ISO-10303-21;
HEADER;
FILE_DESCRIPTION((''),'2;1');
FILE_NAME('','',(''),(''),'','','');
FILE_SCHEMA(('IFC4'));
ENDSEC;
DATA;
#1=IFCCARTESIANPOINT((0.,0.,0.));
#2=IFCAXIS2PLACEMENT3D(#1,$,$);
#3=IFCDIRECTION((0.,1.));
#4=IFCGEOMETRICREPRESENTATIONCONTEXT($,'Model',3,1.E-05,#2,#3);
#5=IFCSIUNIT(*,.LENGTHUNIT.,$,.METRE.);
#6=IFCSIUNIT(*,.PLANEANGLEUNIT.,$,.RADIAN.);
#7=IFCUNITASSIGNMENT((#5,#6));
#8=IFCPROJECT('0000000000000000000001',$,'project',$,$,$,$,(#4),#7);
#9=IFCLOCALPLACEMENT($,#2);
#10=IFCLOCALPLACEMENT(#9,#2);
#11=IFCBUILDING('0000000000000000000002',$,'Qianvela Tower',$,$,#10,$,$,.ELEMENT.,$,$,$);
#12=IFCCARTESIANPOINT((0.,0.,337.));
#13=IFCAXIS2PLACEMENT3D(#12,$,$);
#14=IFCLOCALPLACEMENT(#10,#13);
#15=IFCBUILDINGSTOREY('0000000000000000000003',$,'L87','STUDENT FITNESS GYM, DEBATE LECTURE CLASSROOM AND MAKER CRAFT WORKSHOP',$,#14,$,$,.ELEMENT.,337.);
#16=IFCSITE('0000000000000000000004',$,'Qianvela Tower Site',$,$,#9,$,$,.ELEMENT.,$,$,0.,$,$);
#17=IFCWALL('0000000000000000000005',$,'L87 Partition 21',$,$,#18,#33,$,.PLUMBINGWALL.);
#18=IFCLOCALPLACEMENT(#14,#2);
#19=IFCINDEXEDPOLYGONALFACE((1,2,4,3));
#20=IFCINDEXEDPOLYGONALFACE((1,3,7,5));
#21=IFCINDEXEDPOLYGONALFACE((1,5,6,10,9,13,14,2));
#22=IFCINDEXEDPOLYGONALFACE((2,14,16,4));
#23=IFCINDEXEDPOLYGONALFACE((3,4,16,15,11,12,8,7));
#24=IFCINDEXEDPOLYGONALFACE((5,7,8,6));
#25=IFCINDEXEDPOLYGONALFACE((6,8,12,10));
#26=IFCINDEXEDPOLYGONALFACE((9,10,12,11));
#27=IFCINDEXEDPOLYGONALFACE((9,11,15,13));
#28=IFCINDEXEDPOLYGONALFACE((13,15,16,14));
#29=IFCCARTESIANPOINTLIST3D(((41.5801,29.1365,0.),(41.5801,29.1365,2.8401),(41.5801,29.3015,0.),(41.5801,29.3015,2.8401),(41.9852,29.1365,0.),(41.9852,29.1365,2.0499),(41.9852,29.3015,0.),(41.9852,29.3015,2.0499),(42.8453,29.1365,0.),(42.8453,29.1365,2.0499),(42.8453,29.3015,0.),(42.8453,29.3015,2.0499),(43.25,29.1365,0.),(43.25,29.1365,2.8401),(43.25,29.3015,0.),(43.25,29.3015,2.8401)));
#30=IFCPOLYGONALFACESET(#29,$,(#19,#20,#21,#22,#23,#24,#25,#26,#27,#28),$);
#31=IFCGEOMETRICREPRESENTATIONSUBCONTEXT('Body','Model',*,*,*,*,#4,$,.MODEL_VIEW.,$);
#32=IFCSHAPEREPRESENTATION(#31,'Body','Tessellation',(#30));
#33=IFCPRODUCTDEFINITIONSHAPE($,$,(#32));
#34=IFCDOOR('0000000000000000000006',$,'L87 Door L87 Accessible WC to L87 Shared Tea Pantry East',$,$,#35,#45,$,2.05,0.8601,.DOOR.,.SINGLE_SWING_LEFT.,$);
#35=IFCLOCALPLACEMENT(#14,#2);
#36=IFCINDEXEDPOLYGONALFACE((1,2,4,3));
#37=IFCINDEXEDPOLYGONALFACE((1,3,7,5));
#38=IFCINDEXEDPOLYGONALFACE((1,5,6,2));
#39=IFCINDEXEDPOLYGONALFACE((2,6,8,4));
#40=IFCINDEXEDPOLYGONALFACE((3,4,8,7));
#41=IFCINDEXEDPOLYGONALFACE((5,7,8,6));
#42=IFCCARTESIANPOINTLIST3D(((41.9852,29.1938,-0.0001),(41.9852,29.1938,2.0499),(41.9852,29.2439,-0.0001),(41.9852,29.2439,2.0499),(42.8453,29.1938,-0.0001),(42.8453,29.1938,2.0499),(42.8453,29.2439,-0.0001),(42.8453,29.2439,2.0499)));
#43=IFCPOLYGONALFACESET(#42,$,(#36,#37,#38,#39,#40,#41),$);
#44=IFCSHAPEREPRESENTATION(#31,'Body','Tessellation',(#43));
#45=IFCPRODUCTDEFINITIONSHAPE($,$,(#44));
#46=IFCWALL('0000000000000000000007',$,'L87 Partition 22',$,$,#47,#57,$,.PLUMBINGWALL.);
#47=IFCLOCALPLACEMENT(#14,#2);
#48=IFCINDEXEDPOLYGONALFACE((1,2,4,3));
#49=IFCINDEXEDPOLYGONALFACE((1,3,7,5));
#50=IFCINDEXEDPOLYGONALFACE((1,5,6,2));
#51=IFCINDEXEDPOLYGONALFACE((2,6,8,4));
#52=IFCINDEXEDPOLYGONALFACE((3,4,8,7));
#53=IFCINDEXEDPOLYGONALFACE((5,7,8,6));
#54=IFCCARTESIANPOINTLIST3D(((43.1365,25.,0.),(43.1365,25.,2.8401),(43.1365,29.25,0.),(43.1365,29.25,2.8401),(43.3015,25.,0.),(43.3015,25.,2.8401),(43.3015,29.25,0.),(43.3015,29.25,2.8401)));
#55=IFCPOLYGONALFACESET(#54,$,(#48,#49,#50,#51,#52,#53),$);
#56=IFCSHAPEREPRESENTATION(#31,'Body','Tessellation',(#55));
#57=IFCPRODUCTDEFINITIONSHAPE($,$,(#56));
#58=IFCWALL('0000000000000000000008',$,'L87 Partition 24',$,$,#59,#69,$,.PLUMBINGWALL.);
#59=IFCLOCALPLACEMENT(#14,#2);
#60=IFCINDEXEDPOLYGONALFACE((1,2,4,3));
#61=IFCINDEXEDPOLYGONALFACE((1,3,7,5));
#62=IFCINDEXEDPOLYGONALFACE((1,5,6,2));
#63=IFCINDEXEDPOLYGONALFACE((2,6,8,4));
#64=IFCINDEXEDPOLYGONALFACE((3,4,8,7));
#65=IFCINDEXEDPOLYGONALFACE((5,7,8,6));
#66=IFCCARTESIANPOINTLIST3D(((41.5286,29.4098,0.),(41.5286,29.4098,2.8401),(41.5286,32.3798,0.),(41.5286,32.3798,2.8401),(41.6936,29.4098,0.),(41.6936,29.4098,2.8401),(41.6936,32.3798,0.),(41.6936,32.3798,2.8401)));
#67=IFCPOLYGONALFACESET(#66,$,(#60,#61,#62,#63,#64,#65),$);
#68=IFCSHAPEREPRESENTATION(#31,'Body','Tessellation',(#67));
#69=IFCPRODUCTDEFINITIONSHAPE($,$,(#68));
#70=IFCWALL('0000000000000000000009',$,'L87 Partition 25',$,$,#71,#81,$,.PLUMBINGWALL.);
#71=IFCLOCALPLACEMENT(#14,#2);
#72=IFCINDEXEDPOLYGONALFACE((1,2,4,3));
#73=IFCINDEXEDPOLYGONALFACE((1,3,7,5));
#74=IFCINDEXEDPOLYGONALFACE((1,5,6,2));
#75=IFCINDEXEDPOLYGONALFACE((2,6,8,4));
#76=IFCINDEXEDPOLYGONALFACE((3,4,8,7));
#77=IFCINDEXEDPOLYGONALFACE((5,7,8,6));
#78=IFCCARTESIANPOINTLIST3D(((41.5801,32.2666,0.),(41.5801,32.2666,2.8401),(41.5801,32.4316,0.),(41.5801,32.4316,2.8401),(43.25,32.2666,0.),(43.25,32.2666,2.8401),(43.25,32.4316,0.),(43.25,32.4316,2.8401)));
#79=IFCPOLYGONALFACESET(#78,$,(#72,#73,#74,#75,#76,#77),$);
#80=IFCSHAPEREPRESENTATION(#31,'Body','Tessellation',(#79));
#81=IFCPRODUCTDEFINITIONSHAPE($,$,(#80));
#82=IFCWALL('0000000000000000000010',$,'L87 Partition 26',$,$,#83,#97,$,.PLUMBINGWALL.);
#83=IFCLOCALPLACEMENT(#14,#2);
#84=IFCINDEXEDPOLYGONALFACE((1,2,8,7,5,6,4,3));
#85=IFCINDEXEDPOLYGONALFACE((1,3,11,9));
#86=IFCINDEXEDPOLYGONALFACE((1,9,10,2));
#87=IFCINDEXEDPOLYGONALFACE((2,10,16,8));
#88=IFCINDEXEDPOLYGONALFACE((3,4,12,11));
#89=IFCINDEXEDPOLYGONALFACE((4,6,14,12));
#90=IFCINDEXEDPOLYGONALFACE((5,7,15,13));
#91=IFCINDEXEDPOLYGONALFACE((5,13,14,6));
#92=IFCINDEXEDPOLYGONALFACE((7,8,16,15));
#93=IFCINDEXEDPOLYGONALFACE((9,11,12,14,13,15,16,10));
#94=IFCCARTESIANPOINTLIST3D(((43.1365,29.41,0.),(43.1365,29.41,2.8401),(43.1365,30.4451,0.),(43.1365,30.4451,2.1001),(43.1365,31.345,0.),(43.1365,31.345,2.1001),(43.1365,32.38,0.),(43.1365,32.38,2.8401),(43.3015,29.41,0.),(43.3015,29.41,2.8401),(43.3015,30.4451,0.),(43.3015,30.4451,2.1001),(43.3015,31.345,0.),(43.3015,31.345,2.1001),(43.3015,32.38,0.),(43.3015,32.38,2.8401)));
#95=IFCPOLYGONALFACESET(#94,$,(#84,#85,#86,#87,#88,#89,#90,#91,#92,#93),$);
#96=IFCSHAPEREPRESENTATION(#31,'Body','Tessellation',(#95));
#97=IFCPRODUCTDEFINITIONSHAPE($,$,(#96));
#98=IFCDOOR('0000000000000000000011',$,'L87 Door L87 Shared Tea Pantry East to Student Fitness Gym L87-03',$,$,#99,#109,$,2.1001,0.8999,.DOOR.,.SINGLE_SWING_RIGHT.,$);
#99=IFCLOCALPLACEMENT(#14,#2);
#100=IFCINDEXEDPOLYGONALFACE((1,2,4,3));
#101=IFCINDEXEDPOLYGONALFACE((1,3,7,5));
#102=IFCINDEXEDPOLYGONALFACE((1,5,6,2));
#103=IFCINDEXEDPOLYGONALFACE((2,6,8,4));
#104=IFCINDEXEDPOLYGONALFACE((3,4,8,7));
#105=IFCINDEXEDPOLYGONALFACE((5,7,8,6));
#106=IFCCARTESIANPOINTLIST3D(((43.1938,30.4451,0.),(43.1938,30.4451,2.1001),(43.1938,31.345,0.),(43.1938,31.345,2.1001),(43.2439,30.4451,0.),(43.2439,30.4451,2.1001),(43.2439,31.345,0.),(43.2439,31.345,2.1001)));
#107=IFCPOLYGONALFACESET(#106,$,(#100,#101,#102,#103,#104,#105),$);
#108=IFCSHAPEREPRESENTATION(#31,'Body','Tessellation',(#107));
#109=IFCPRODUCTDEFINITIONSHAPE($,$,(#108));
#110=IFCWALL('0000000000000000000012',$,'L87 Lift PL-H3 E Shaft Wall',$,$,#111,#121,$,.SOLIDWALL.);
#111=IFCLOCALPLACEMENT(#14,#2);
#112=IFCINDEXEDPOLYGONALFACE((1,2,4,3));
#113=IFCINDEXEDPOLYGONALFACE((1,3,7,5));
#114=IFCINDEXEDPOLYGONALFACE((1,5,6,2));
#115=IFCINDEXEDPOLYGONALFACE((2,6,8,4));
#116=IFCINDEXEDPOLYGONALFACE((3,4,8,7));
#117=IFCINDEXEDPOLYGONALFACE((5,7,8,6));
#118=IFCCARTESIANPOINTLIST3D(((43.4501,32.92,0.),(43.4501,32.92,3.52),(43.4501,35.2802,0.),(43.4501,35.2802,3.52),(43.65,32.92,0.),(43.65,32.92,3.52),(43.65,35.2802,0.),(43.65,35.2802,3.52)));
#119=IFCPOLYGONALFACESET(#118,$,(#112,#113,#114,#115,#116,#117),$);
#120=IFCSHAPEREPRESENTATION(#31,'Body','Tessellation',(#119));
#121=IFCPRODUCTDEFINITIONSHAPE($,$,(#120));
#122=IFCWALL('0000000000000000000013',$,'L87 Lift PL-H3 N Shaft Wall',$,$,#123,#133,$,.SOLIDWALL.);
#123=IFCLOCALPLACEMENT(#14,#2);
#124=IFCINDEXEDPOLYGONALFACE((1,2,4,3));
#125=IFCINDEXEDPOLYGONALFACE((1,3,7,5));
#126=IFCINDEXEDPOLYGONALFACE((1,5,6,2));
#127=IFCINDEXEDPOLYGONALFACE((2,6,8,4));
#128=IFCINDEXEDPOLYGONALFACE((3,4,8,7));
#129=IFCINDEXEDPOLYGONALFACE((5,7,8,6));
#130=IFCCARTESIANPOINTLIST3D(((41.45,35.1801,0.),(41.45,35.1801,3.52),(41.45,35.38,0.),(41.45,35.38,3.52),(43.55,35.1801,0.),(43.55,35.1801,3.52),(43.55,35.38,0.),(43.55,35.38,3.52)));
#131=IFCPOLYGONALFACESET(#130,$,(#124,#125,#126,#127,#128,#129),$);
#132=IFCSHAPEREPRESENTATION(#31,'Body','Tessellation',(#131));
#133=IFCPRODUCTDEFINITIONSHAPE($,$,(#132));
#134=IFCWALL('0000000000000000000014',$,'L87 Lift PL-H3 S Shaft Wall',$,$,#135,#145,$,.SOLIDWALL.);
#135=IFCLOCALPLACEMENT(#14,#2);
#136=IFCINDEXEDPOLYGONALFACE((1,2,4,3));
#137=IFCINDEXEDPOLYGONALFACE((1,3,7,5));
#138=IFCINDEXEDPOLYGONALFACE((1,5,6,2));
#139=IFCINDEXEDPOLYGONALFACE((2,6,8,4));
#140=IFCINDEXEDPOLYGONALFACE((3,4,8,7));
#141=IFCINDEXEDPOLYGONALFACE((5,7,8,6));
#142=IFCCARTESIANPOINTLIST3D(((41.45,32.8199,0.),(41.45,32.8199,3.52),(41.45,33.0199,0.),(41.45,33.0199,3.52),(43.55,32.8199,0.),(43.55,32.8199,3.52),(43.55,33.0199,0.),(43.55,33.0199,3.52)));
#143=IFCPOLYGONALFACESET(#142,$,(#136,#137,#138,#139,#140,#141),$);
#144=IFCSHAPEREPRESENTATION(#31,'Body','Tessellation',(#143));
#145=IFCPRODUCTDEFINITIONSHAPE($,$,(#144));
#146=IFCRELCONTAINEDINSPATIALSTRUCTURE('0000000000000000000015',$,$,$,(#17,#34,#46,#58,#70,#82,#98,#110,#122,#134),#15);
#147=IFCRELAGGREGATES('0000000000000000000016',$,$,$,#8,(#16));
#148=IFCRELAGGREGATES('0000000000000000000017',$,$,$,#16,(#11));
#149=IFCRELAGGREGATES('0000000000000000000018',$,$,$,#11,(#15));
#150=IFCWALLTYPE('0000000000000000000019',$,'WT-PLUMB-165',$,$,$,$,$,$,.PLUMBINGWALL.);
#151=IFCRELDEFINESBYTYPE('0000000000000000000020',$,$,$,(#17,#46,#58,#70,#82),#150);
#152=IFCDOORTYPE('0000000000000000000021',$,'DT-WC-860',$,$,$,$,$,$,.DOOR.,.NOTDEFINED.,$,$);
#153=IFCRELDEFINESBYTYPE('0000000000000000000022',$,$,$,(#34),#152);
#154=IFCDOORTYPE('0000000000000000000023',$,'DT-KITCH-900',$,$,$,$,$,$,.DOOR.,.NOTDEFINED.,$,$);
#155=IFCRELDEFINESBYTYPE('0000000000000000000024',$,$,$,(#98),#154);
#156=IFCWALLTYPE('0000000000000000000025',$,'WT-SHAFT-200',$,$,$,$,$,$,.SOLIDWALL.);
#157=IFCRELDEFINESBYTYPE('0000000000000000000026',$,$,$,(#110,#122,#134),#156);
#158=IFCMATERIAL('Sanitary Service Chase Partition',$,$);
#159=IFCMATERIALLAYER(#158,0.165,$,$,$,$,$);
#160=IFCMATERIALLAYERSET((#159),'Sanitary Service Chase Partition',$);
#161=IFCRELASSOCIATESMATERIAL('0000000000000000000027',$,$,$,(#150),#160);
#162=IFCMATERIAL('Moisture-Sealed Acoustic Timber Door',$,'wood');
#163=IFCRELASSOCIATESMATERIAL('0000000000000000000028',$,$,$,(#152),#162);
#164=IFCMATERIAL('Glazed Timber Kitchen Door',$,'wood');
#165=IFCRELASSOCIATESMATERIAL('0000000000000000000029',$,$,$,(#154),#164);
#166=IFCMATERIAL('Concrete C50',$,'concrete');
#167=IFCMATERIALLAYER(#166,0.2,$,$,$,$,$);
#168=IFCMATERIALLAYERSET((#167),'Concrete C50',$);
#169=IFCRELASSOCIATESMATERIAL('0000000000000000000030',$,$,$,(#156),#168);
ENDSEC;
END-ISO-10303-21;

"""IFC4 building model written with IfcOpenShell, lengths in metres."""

from ifc_helpers import new_model, si_unit, direction, frame, frame_2d, origin, place, context, subcontext, project, spatial, rectangle, extrude, material, layer, layer_set, type_object, element, fill, save


model = new_model("IFC4")

# Units and contexts
model_context = context("Model", 3, precision=1e-05, world=origin(), true_north=direction((0.0, 1.0)))
body_context = subcontext(model_context, "Body", "Model", "MODEL_VIEW")
ifc_project = project(units=[si_unit("LENGTHUNIT", "METRE"), si_unit("PLANEANGLEUNIT", "RADIAN")], contexts=[model_context])

# Site, building, storey
site_placement = place(None, origin())
site = spatial("IfcSite", under=ifc_project, at=site_placement, Name="Qianvela Tower Site", CompositionType="ELEMENT", RefElevation=0.0)
building_placement = place(site_placement, origin())
building = spatial("IfcBuilding", under=site, at=building_placement, Name="Qianvela Tower", CompositionType="ELEMENT")
storey_placement = place(building_placement, frame((0.0, 0.0, 337.0)))
storey = spatial("IfcBuildingStorey", under=building, at=storey_placement, Name="L87", Description="STUDENT FITNESS GYM, DEBATE LECTURE CLASSROOM AND MAKER CRAFT WORKSHOP", CompositionType="ELEMENT", Elevation=337.0)

# Wall, opening, door
ifc_material_1 = material(Name="Sanitary Service Chase Partition")
ifc_layer_1 = layer(ifc_material_1, 0.165)
ifc_layer_set_1 = layer_set([ifc_layer_1], Name="Sanitary Service Chase Partition")
wall_type_1 = type_object("IfcWallType", Name="WT-PLUMB-165", PredefinedType="PLUMBINGWALL", material=ifc_layer_set_1)
wall_1_placement = place(storey_placement, frame((41.5801, 29.219, 0.0), z_axis=(0.0, 0.0, 1.0), x_axis=(1.0, 0.0, 0.0)))
wall_1 = element("IfcWall", 1, at=wall_1_placement, inside=storey, type_object=wall_type_1, Name="L87 Partition 21", PredefinedType="PLUMBINGWALL", context=body_context, shape_type="SweptSolid", body=[
    extrude(rectangle(XDim=1.6699, YDim=0.165, at=frame_2d((0.835, 0.0))), origin(), (0.0, 0.0, 1.0), 2.8401),
])
opening_1_placement = place(wall_1_placement, frame((0.405, 0.0, 0.0)))
opening_1 = element("IfcOpeningElement", 2, at=opening_1_placement, cuts=wall_1, PredefinedType="OPENING", context=body_context, shape_type="SweptSolid", body=[
    extrude(rectangle(XDim=0.8601, YDim=2.05, at=frame_2d((0.4302, 1.0249))), frame((0.0, 0.0925, 0.0), z_axis=(0.0, -1.0, 0.0), x_axis=(1.0, 0.0, 0.0)), (0.0, 0.0, 1.0), 0.1851),
])
ifc_material_2 = material(Name="Moisture-Sealed Acoustic Timber Door", Category="wood")
door_type_1 = type_object("IfcDoorType", Name="DT-WC-860", OperationType="NOTDEFINED", PredefinedType="DOOR", material=ifc_material_2)
door_1_placement = place(opening_1_placement, origin())
door_1 = element("IfcDoor", 3, at=door_1_placement, inside=storey, type_object=door_type_1, Name="L87 Door L87 Accessible WC to L87 Shared Tea Pantry East", OperationType="SINGLE_SWING_LEFT", OverallHeight=2.05, OverallWidth=0.8601, PredefinedType="DOOR", context=body_context, shape_type="SweptSolid", body=[
    extrude(rectangle(XDim=0.8601, YDim=2.05, at=frame_2d((0.4302, 1.0249))), frame((0.0, 0.0249, 0.0), z_axis=(0.0, -1.0, 0.0), x_axis=(1.0, 0.0, 0.0)), (0.0, 0.0, 1.0), 0.05),
])
fill(opening_1, door_1)

# Walls
wall_2_placement = place(storey_placement, frame((43.219, 29.25, 0.0), z_axis=(0.0, 0.0, 1.0), x_axis=(0.0, -1.0, 0.0)))
element("IfcWall", 4, at=wall_2_placement, inside=storey, type_object=wall_type_1, Name="L87 Partition 22", PredefinedType="PLUMBINGWALL", context=body_context, shape_type="SweptSolid", body=[
    extrude(rectangle(XDim=4.25, YDim=0.165, at=frame_2d((2.125, 0.0))), origin(), (0.0, 0.0, 1.0), 2.8401),
])
wall_3_placement = place(storey_placement, frame((41.6111, 29.4099, 0.0), z_axis=(0.0, 0.0, 1.0), x_axis=(0.0, 1.0, 0.0)))
element("IfcWall", 5, at=wall_3_placement, inside=storey, type_object=wall_type_1, Name="L87 Partition 24", PredefinedType="PLUMBINGWALL", context=body_context, shape_type="SweptSolid", body=[
    extrude(rectangle(XDim=2.97, YDim=0.165, at=frame_2d((1.4849, 0.0))), origin(), (0.0, 0.0, 1.0), 2.8401),
])
wall_4_placement = place(storey_placement, frame((41.5801, 32.3491, 0.0), z_axis=(0.0, 0.0, 1.0), x_axis=(1.0, 0.0, 0.0)))
element("IfcWall", 6, at=wall_4_placement, inside=storey, type_object=wall_type_1, Name="L87 Partition 25", PredefinedType="PLUMBINGWALL", context=body_context, shape_type="SweptSolid", body=[
    extrude(rectangle(XDim=1.6699, YDim=0.165, at=frame_2d((0.835, 0.0))), origin(), (0.0, 0.0, 1.0), 2.8401),
])

# Wall, opening, door
wall_5_placement = place(storey_placement, frame((43.219, 32.3799, 0.0), z_axis=(0.0, 0.0, 1.0), x_axis=(0.0, -1.0, 0.0)))
wall_5 = element("IfcWall", 7, at=wall_5_placement, inside=storey, type_object=wall_type_1, Name="L87 Partition 26", PredefinedType="PLUMBINGWALL", context=body_context, shape_type="SweptSolid", body=[
    extrude(rectangle(XDim=2.97, YDim=0.165, at=frame_2d((1.4849, 0.0))), origin(), (0.0, 0.0, 1.0), 2.8401),
])
opening_2_placement = place(wall_5_placement, frame((1.0349, 0.0, 0.0)))
opening_2 = element("IfcOpeningElement", 8, at=opening_2_placement, cuts=wall_5, PredefinedType="OPENING", context=body_context, shape_type="SweptSolid", body=[
    extrude(rectangle(XDim=0.8999, YDim=2.1001, at=frame_2d((0.45, 1.05))), frame((0.0, 0.0925, 0.0), z_axis=(0.0, -1.0, 0.0), x_axis=(1.0, 0.0, 0.0)), (0.0, 0.0, 1.0), 0.1851),
])
ifc_material_3 = material(Name="Glazed Timber Kitchen Door", Category="wood")
door_type_2 = type_object("IfcDoorType", Name="DT-KITCH-900", OperationType="NOTDEFINED", PredefinedType="DOOR", material=ifc_material_3)
door_2_placement = place(opening_2_placement, origin())
door_2 = element("IfcDoor", 9, at=door_2_placement, inside=storey, type_object=door_type_2, Name="L87 Door L87 Shared Tea Pantry East to Student Fitness Gym L87-03", OperationType="SINGLE_SWING_RIGHT", OverallHeight=2.1001, OverallWidth=0.8999, PredefinedType="DOOR", context=body_context, shape_type="SweptSolid", body=[
    extrude(rectangle(XDim=0.8999, YDim=2.1001, at=frame_2d((0.45, 1.05))), frame((0.0, 0.0249, 0.0), z_axis=(0.0, -1.0, 0.0), x_axis=(1.0, 0.0, 0.0)), (0.0, 0.0, 1.0), 0.05),
])
fill(opening_2, door_2)

# Wall
ifc_material_4 = material(Name="Concrete C50", Category="concrete")
ifc_layer_2 = layer(ifc_material_4, 0.2)
ifc_layer_set_2 = layer_set([ifc_layer_2], Name="Concrete C50")
wall_type_2 = type_object("IfcWallType", Name="WT-SHAFT-200", PredefinedType="SOLIDWALL", material=ifc_layer_set_2)
wall_6_placement = place(storey_placement, frame((43.55, 32.9199, 0.0), z_axis=(0.0, 0.0, 1.0), x_axis=(0.0, 1.0, 0.0)))
element("IfcWall", 10, at=wall_6_placement, inside=storey, type_object=wall_type_2, Name="L87 Lift PL-H3 E Shaft Wall", PredefinedType="SOLIDWALL", context=body_context, shape_type="SweptSolid", body=[
    extrude(rectangle(XDim=2.3601, YDim=0.2, at=frame_2d((1.1802, 0.0))), origin(), (0.0, 0.0, 1.0), 3.52),
])

# Walls
for number, where, z_axis, x_axis, name in (
    (11, (41.45, 35.28, 0.0), (0.0, 0.0, 1.0), (1.0, 0.0, 0.0), "L87 Lift PL-H3 N Shaft Wall"),
    (12, (41.45, 32.9199, 0.0), (0.0, 0.0, 1.0), (1.0, 0.0, 0.0), "L87 Lift PL-H3 S Shaft Wall"),
):
    element("IfcWall", number, at=place(storey_placement, frame(where, z_axis=z_axis, x_axis=x_axis)), inside=storey, type_object=wall_type_2, Name=name, PredefinedType="SOLIDWALL", context=body_context, shape_type="SweptSolid", body=[
        extrude(rectangle(XDim=2.1001, YDim=0.2, at=frame_2d((1.05, 0.0))), origin(), (0.0, 0.0, 1.0), 3.52),
    ])

save(model, "model.ifc")
